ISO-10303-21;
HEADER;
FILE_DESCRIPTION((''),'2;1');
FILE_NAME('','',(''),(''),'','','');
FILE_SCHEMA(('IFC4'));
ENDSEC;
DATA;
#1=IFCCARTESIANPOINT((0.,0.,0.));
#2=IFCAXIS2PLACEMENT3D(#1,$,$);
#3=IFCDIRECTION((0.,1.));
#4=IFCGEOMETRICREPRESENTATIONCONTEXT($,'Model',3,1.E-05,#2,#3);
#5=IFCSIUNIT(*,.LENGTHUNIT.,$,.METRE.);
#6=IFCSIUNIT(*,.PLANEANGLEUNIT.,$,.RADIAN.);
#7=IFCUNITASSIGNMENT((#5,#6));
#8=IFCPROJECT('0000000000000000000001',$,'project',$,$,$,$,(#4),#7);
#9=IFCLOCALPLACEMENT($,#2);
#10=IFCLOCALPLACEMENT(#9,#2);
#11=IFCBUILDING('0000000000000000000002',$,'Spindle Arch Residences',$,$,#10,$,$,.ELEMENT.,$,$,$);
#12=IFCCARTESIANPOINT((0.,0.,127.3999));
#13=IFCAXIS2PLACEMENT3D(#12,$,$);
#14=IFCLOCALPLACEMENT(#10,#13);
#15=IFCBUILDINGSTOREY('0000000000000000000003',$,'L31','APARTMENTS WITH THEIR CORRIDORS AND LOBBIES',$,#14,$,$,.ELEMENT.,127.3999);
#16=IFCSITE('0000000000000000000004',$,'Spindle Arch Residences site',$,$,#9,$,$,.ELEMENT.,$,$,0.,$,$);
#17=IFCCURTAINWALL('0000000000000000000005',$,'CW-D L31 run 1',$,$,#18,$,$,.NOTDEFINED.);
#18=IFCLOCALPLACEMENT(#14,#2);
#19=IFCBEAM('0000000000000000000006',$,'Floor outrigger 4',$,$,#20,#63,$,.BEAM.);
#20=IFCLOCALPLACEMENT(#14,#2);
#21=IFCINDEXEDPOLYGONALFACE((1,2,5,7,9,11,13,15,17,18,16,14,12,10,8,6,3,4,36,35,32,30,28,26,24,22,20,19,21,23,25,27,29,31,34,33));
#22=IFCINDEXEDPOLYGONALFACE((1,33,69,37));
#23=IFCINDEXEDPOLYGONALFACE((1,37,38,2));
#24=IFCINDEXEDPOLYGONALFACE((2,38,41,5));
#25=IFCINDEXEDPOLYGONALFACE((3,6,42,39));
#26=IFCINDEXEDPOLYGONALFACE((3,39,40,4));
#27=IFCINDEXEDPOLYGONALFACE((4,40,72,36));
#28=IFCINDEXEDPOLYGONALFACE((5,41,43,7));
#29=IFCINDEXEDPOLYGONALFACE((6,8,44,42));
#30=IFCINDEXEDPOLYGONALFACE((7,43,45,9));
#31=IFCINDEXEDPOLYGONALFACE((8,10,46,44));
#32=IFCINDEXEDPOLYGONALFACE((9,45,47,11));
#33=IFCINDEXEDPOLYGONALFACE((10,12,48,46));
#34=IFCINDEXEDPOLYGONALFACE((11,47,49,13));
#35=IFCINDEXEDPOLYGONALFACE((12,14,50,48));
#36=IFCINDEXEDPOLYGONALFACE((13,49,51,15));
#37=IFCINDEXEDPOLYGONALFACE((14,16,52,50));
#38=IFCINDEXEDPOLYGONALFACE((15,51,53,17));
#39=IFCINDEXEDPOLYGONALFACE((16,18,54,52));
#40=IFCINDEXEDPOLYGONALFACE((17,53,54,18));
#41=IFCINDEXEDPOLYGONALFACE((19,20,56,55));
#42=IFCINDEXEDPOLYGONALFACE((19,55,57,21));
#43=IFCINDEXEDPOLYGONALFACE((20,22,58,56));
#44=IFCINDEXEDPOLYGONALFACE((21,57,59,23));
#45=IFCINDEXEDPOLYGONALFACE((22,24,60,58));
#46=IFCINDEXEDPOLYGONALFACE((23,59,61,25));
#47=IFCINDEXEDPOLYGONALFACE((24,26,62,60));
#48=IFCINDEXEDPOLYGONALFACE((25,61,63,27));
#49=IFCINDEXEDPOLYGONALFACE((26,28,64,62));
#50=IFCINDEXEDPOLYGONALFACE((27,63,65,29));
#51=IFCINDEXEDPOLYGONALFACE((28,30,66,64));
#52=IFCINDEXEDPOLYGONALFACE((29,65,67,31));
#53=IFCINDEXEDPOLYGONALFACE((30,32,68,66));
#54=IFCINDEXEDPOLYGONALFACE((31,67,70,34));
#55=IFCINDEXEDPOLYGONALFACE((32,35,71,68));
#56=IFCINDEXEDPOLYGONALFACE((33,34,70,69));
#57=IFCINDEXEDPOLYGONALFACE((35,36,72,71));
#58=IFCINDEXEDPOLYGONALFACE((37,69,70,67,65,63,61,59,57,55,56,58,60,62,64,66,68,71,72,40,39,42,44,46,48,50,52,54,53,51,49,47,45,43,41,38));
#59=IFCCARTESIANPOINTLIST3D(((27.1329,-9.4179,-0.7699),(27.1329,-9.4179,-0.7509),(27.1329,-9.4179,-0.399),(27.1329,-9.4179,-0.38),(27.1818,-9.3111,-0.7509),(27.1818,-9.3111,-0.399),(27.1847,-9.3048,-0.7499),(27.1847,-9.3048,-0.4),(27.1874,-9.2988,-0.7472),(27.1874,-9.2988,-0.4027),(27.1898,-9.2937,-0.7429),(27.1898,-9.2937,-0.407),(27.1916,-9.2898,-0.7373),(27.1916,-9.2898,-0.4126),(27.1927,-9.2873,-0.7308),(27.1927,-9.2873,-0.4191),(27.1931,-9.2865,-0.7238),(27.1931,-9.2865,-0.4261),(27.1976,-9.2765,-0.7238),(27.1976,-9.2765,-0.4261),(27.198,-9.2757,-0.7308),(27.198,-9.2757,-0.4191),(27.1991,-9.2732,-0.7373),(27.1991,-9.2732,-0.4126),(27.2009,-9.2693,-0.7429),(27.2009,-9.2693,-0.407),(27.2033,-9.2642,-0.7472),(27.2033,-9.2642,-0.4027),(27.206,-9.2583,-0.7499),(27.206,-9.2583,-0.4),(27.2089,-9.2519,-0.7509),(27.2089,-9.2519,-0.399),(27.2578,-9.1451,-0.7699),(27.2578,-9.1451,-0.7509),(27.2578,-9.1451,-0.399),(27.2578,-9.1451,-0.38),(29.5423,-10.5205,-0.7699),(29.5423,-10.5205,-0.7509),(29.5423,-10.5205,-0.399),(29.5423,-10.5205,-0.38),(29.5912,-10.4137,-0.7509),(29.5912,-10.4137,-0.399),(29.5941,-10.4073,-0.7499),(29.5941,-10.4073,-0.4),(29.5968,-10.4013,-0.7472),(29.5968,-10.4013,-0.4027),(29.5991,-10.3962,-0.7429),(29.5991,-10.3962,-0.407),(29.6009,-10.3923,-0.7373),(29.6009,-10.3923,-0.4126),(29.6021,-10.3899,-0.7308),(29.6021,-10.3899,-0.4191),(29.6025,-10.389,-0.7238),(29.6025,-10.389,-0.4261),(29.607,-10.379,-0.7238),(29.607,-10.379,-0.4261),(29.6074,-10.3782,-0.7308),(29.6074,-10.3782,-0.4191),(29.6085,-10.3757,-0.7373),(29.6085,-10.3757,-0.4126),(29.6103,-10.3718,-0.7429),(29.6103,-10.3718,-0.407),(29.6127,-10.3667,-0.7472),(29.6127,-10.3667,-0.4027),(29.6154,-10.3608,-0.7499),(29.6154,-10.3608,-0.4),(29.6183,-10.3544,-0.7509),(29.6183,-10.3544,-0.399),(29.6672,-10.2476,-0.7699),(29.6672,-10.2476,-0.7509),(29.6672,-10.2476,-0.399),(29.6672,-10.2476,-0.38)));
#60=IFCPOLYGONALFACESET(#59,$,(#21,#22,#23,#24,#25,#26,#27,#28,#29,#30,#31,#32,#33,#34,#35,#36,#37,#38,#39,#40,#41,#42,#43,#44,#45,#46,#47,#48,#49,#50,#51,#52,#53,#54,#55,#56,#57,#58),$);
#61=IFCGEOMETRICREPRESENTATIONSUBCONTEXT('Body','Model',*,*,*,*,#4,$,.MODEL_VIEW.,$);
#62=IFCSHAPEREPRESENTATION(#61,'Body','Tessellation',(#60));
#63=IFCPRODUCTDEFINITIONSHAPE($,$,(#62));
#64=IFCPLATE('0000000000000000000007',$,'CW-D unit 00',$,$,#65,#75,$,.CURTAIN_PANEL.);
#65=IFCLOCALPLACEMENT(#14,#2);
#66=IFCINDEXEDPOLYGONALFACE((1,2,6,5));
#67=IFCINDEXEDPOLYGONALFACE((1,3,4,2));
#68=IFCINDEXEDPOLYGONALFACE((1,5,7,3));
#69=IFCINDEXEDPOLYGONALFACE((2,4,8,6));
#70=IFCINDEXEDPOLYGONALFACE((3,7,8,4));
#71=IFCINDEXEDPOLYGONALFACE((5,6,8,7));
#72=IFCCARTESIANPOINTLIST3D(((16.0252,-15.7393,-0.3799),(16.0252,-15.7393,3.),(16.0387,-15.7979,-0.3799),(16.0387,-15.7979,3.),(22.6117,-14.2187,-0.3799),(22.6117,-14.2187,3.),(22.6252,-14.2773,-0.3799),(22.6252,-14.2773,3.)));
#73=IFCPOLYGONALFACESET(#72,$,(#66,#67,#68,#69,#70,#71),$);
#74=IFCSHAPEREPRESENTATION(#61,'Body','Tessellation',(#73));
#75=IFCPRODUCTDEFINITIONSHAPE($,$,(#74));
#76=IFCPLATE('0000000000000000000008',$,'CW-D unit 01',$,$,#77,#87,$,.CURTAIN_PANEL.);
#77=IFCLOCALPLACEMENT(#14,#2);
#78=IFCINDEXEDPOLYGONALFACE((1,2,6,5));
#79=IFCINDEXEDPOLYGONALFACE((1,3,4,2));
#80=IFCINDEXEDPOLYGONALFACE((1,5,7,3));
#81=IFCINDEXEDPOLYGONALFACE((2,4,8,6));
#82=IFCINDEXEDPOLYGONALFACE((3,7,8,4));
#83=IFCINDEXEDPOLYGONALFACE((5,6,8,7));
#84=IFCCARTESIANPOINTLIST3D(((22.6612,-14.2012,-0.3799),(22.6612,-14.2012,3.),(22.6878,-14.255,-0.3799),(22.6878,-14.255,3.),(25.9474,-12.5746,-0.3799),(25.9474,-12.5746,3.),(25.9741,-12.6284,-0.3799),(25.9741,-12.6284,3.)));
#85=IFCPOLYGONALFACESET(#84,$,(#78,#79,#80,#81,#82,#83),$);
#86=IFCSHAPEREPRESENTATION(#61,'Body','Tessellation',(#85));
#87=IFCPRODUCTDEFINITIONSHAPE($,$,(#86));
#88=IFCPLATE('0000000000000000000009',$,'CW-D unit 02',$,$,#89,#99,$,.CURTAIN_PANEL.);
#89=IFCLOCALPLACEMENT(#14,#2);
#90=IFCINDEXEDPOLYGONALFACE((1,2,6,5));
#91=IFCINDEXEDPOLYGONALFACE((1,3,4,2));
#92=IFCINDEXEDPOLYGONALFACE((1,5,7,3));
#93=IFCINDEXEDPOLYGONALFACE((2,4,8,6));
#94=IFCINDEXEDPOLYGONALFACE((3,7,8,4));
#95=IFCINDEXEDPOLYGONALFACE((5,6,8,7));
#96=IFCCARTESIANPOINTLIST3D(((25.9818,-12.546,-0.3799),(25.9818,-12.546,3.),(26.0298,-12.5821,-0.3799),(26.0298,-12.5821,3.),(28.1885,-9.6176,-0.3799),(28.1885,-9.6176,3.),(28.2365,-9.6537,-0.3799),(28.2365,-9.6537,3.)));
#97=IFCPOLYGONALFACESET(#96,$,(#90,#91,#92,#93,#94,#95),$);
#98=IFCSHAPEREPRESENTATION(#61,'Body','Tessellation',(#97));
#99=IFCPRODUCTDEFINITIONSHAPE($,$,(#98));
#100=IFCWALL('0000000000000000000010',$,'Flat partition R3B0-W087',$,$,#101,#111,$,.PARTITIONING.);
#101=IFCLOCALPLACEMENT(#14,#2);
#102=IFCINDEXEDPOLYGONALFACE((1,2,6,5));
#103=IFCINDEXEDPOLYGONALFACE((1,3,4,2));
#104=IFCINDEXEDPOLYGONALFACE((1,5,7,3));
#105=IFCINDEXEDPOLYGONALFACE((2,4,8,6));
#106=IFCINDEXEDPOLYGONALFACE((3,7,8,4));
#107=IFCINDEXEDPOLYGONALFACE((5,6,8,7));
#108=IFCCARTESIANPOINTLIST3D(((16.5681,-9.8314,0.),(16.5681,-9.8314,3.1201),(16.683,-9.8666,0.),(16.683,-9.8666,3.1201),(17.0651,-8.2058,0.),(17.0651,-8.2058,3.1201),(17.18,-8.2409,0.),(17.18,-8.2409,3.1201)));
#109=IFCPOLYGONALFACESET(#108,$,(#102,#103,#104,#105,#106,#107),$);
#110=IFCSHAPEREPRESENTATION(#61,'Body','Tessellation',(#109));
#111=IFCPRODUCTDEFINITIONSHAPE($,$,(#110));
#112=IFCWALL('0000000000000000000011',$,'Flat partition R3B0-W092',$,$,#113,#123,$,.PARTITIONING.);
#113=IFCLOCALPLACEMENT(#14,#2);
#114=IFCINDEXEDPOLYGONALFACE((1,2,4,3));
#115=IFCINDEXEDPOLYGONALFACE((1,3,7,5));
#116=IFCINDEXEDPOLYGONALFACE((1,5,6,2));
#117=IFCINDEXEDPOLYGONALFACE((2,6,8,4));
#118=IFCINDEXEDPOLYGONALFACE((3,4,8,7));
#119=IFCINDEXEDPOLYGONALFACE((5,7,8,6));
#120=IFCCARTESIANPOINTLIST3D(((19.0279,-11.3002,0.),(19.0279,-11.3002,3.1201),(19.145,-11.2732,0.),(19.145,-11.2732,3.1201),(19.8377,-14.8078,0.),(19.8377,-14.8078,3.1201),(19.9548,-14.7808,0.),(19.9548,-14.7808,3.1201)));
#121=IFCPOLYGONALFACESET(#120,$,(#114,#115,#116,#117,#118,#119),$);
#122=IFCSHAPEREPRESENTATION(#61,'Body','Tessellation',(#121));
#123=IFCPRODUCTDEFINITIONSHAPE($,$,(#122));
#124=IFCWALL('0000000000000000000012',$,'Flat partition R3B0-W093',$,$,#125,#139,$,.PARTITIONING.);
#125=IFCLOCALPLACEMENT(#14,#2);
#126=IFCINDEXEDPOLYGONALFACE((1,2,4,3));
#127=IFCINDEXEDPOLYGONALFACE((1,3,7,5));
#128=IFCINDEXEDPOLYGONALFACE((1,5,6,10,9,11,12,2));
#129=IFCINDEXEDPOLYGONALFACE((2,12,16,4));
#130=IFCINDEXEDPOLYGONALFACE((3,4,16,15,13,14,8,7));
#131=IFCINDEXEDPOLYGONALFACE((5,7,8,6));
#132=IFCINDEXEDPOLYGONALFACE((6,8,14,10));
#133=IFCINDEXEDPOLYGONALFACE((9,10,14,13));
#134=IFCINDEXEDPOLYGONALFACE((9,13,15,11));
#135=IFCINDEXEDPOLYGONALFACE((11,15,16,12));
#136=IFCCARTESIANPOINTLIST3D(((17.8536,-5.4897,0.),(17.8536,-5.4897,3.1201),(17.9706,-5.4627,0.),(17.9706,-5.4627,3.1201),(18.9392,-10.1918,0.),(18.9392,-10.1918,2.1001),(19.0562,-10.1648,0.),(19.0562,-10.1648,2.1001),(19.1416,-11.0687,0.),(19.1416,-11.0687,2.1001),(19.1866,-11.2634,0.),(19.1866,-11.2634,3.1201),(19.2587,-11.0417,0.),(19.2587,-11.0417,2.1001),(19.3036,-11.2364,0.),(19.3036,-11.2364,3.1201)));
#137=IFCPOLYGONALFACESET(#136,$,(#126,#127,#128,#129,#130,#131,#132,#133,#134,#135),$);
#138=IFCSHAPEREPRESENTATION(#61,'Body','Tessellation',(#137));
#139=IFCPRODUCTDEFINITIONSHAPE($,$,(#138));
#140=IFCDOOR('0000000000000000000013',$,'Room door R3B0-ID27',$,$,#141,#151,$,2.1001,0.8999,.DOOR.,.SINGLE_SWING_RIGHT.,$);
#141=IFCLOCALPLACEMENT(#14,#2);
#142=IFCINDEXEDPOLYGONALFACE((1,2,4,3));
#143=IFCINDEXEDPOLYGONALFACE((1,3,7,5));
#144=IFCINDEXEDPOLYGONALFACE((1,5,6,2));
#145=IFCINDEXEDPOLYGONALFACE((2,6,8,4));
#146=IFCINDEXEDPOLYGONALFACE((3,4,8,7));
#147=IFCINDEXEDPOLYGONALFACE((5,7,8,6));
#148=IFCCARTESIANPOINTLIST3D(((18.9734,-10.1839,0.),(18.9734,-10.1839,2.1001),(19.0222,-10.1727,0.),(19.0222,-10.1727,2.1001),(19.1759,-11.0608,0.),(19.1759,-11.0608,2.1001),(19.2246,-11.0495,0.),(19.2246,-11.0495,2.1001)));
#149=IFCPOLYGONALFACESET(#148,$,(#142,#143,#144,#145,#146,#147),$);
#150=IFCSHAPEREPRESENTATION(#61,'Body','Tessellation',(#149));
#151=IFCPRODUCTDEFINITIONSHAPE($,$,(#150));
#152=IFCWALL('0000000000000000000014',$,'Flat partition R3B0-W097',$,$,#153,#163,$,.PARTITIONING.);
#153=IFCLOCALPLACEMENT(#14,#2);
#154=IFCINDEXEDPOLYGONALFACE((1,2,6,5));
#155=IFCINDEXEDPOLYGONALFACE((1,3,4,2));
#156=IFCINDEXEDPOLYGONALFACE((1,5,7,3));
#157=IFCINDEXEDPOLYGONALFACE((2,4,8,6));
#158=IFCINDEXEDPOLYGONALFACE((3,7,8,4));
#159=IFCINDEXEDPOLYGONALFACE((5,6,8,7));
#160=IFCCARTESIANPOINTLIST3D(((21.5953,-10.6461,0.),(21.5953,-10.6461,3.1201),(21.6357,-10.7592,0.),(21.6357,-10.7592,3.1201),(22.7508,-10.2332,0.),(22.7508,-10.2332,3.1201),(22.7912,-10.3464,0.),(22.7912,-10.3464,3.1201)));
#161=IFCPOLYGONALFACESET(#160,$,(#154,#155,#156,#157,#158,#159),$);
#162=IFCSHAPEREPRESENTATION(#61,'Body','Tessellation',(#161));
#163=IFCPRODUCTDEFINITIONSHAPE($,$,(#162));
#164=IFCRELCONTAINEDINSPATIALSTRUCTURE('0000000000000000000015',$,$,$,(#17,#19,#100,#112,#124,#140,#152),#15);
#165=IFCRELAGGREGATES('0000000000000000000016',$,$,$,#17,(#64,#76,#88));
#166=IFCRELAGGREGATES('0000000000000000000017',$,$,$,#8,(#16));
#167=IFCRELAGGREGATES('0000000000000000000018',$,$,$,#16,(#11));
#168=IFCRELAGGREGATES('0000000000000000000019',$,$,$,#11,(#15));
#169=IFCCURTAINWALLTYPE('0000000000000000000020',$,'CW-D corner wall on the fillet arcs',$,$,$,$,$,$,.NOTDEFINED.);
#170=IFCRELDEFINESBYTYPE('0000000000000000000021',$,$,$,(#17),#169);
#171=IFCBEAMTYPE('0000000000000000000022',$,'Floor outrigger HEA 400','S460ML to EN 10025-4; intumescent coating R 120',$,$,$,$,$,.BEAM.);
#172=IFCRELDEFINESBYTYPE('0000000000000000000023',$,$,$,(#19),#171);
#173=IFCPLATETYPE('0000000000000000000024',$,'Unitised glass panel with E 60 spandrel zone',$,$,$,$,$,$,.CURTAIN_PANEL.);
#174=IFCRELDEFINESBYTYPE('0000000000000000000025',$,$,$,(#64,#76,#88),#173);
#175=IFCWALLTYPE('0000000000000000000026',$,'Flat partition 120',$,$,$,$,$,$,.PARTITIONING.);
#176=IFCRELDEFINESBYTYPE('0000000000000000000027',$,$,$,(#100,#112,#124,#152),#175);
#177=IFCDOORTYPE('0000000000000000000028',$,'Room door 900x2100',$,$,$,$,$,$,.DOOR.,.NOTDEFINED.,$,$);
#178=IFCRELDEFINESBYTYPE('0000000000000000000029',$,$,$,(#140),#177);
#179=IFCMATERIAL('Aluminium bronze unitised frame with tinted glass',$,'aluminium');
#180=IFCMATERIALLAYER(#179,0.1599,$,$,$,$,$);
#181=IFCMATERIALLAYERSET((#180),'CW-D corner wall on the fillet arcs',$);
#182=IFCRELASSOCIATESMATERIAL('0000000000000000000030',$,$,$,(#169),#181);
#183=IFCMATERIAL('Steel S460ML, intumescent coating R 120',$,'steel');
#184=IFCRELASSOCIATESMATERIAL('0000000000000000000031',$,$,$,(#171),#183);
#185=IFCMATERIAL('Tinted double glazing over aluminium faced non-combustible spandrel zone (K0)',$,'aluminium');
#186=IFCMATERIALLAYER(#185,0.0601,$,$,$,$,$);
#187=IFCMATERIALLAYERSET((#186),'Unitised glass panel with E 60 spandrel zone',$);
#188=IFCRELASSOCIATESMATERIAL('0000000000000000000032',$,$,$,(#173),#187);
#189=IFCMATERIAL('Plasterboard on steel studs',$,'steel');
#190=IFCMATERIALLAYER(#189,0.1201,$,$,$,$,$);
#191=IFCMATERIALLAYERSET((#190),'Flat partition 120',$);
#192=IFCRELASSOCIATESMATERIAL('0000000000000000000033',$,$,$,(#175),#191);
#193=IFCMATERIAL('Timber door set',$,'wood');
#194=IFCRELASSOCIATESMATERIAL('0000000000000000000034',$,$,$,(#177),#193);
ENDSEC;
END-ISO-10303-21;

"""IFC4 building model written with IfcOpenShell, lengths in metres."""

from ifc_helpers import new_model, si_unit, direction, frame, frame_2d, origin, origin_2d, place, context, subcontext, project, spatial, rectangle, i_section, extrude, material, layer, layer_set, material_profile, profile_set, type_object, element, fill, aggregate, save


model = new_model("IFC4")

# Units and contexts
model_context = context("Model", 3, precision=1e-05, world=origin(), true_north=direction((0.0, 1.0)))
body_context = subcontext(model_context, "Body", "Model", "MODEL_VIEW")
ifc_project = project(units=[si_unit("LENGTHUNIT", "METRE"), si_unit("PLANEANGLEUNIT", "RADIAN")], contexts=[model_context])

# Site, building, storey
site_placement = place(None, origin())
site = spatial("IfcSite", under=ifc_project, at=site_placement, Name="Spindle Arch Residences site", CompositionType="ELEMENT", RefElevation=0.0)
building_placement = place(site_placement, origin())
building = spatial("IfcBuilding", under=site, at=building_placement, Name="Spindle Arch Residences", CompositionType="ELEMENT")
storey_placement = place(building_placement, frame((0.0, 0.0, 127.3999)))
storey = spatial("IfcBuildingStorey", under=building, at=storey_placement, Name="L31", Description="APARTMENTS WITH THEIR CORRIDORS AND LOBBIES", CompositionType="ELEMENT", Elevation=127.3999)

# Curtain wall
ifc_material_1 = material(Name="Aluminium bronze unitised frame with tinted glass", Category="aluminium")
ifc_layer_1 = layer(ifc_material_1, 0.1599)
ifc_layer_set_1 = layer_set([ifc_layer_1], Name="CW-D corner wall on the fillet arcs")
curtain_wall_type = type_object("IfcCurtainWallType", Name="CW-D corner wall on the fillet arcs", PredefinedType="NOTDEFINED", material=ifc_layer_set_1)
curtain_wall_placement = place(storey_placement, origin())
curtain_wall = element("IfcCurtainWall", 1, at=curtain_wall_placement, inside=storey, type_object=curtain_wall_type, Name="CW-D L31 run 1", PredefinedType="NOTDEFINED")

# Beam
ifc_material_2 = material(Name="Steel S460ML, intumescent coating R 120", Category="steel")
ifc_material_profile_1 = material_profile(ifc_material_2, i_section(OverallWidth=0.3, OverallDepth=0.3899, WebThickness=0.011, FlangeThickness=0.019, FilletRadius=0.0271, at=origin_2d()), Name="HEA 400")
ifc_profile_set_1 = profile_set([ifc_material_profile_1], Name="Steel S460ML, intumescent coating R 120")
beam_type_1 = type_object("IfcBeamType", Name="Floor outrigger HEA 400", Description="S460ML to EN 10025-4; intumescent coating R 120", PredefinedType="BEAM", material=ifc_profile_set_1)
beam_1_placement = place(storey_placement, frame((29.6047, -10.384, -0.575), z_axis=(-0.909319, 0.416099, 0.0), x_axis=(-0.416099, -0.909319, 0.0)))
element("IfcBeam", 2, at=beam_1_placement, inside=storey, type_object=beam_type_1, Name="Floor outrigger 4", PredefinedType="BEAM", context=body_context, shape_type="SweptSolid", body=[
    extrude(i_section(OverallWidth=0.3, OverallDepth=0.3899, WebThickness=0.011, FlangeThickness=0.019, FilletRadius=0.0271, at=origin_2d()), origin(), (0.0, 0.0, 1.0), 2.6497),
])

# Plates
ifc_material_3 = material(Name="Tinted double glazing over aluminium faced non-combustible spandrel zone (K0)", Category="aluminium")
ifc_layer_2 = layer(ifc_material_3, 0.0601)
ifc_layer_set_2 = layer_set([ifc_layer_2], Name="Unitised glass panel with E 60 spandrel zone")
plate_type = type_object("IfcPlateType", Name="Unitised glass panel with E 60 spandrel zone", PredefinedType="CURTAIN_PANEL", material=ifc_layer_set_2)
plate_1_placement = place(storey_placement, frame((19.3252, -15.0083, -0.3799), z_axis=(0.0, 0.0, 1.0), x_axis=(0.97437, 0.224951, 0.0)))
plate_1 = element("IfcPlate", 3, at=plate_1_placement, type_object=plate_type, Name="CW-D unit 00", PredefinedType="CURTAIN_PANEL", context=body_context, shape_type="SweptSolid", body=[
    extrude(rectangle(XDim=6.7598, YDim=0.0601, at=origin_2d()), origin(), (0.0, 0.0, 1.0), 3.3799),
])
plate_2_placement = place(storey_placement, frame((24.3176, -13.4148, -0.3799), z_axis=(0.0, 0.0, 1.0), x_axis=(0.896229, 0.443593, 0.0)))
plate_2 = element("IfcPlate", 4, at=plate_2_placement, type_object=plate_type, Name="CW-D unit 01", PredefinedType="CURTAIN_PANEL", context=body_context, shape_type="SweptSolid", body=[
    extrude(rectangle(XDim=3.6667, YDim=0.0601, at=origin_2d()), origin(), (0.0, 0.0, 1.0), 3.3799),
])
plate_3_placement = place(storey_placement, frame((27.1091, -11.0999, -0.3799), z_axis=(0.0, 0.0, 1.0), x_axis=(0.601815, 0.798636, 0.0)))
plate_3 = element("IfcPlate", 5, at=plate_3_placement, type_object=plate_type, Name="CW-D unit 02", PredefinedType="CURTAIN_PANEL", context=body_context, shape_type="SweptSolid", body=[
    extrude(rectangle(XDim=3.6667, YDim=0.0601, at=origin_2d()), origin(), (0.0, 0.0, 1.0), 3.3799),
])
aggregate(curtain_wall, [plate_1, plate_2, plate_3])

# Walls
ifc_material_4 = material(Name="Plasterboard on steel studs", Category="steel")
ifc_layer_3 = layer(ifc_material_4, 0.1201)
ifc_layer_set_3 = layer_set([ifc_layer_3], Name="Flat partition 120")
wall_type = type_object("IfcWallType", Name="Flat partition 120", PredefinedType="PARTITIONING", material=ifc_layer_set_3)
wall_1_placement = place(storey_placement, frame((16.6255, -9.8491, 0.0), z_axis=(0.0, 0.0, 1.0), x_axis=(0.29239, 0.956299, 0.0)))
element("IfcWall", 6, at=wall_1_placement, inside=storey, type_object=wall_type, Name="Flat partition R3B0-W087", PredefinedType="PARTITIONING", context=body_context, shape_type="SweptSolid", body=[
    extrude(rectangle(XDim=1.7, YDim=0.1201, at=frame_2d((0.8501, 0.0))), origin(), (0.0, 0.0, 1.0), 3.1201),
])
wall_2_placement = place(storey_placement, frame((19.8962, -14.7942, 0.0), z_axis=(0.0, 0.0, 1.0), x_axis=(-0.224959, 0.974368, 0.0)))
element("IfcWall", 7, at=wall_2_placement, inside=storey, type_object=wall_type, Name="Flat partition R3B0-W092", PredefinedType="PARTITIONING", context=body_context, shape_type="SweptSolid", body=[
    extrude(rectangle(XDim=3.5999, YDim=0.1201, at=frame_2d((1.7998, 0.0))), origin(), (0.0, 0.0, 1.0), 3.1201),
])

# Wall, opening, door
wall_3_placement = place(storey_placement, frame((19.2451, -11.25, 0.0), z_axis=(0.0, 0.0, 1.0), x_axis=(-0.224959, 0.974368, 0.0)))
wall_3 = element("IfcWall", 8, at=wall_3_placement, inside=storey, type_object=wall_type, Name="Flat partition R3B0-W093", PredefinedType="PARTITIONING", context=body_context, shape_type="SweptSolid", body=[
    extrude(rectangle(XDim=5.9255, YDim=0.1201, at=frame_2d((2.9629, 0.0))), origin(), (0.0, 0.0, 1.0), 3.1201),
])
opening_1_placement = place(wall_3_placement, frame((0.2, 0.0, 0.0)))
opening_1 = element("IfcOpeningElement", 9, at=opening_1_placement, cuts=wall_3, PredefinedType="OPENING", context=body_context, shape_type="SweptSolid", body=[
    extrude(rectangle(XDim=0.8999, YDim=2.1001, at=frame_2d((0.45, 1.05))), frame((0.0, 0.0701, 0.0), z_axis=(0.0, -1.0, 0.0), x_axis=(1.0, 0.0, 0.0)), (0.0, 0.0, 1.0), 0.1401),
])
ifc_material_5 = material(Name="Timber door set", Category="wood")
door_type = type_object("IfcDoorType", Name="Room door 900x2100", OperationType="NOTDEFINED", PredefinedType="DOOR", material=ifc_material_5)
door_1_placement = place(opening_1_placement, origin())
door_1 = element("IfcDoor", 10, at=door_1_placement, inside=storey, type_object=door_type, Name="Room door R3B0-ID27", OperationType="SINGLE_SWING_RIGHT", OverallHeight=2.1001, OverallWidth=0.8999, PredefinedType="DOOR", context=body_context, shape_type="SweptSolid", body=[
    extrude(rectangle(XDim=0.8999, YDim=2.1001, at=frame_2d((0.45, 1.05))), frame((0.0, 0.0249, 0.0), z_axis=(0.0, -1.0, 0.0), x_axis=(1.0, 0.0, 0.0)), (0.0, 0.0, 1.0), 0.05),
])
fill(opening_1, door_1)

# Wall
wall_4_placement = place(storey_placement, frame((22.771, -10.2898, 0.0), z_axis=(0.0, 0.0, 1.0), x_axis=(-0.941701, -0.33645, 0.0)))
element("IfcWall", 11, at=wall_4_placement, inside=storey, type_object=wall_type, Name="Flat partition R3B0-W097", PredefinedType="PARTITIONING", context=body_context, shape_type="SweptSolid", body=[
    extrude(rectangle(XDim=1.2271, YDim=0.1201, at=frame_2d((0.6135, 0.0))), origin(), (0.0, 0.0, 1.0), 3.1201),
])

save(model, "model.ifc")
